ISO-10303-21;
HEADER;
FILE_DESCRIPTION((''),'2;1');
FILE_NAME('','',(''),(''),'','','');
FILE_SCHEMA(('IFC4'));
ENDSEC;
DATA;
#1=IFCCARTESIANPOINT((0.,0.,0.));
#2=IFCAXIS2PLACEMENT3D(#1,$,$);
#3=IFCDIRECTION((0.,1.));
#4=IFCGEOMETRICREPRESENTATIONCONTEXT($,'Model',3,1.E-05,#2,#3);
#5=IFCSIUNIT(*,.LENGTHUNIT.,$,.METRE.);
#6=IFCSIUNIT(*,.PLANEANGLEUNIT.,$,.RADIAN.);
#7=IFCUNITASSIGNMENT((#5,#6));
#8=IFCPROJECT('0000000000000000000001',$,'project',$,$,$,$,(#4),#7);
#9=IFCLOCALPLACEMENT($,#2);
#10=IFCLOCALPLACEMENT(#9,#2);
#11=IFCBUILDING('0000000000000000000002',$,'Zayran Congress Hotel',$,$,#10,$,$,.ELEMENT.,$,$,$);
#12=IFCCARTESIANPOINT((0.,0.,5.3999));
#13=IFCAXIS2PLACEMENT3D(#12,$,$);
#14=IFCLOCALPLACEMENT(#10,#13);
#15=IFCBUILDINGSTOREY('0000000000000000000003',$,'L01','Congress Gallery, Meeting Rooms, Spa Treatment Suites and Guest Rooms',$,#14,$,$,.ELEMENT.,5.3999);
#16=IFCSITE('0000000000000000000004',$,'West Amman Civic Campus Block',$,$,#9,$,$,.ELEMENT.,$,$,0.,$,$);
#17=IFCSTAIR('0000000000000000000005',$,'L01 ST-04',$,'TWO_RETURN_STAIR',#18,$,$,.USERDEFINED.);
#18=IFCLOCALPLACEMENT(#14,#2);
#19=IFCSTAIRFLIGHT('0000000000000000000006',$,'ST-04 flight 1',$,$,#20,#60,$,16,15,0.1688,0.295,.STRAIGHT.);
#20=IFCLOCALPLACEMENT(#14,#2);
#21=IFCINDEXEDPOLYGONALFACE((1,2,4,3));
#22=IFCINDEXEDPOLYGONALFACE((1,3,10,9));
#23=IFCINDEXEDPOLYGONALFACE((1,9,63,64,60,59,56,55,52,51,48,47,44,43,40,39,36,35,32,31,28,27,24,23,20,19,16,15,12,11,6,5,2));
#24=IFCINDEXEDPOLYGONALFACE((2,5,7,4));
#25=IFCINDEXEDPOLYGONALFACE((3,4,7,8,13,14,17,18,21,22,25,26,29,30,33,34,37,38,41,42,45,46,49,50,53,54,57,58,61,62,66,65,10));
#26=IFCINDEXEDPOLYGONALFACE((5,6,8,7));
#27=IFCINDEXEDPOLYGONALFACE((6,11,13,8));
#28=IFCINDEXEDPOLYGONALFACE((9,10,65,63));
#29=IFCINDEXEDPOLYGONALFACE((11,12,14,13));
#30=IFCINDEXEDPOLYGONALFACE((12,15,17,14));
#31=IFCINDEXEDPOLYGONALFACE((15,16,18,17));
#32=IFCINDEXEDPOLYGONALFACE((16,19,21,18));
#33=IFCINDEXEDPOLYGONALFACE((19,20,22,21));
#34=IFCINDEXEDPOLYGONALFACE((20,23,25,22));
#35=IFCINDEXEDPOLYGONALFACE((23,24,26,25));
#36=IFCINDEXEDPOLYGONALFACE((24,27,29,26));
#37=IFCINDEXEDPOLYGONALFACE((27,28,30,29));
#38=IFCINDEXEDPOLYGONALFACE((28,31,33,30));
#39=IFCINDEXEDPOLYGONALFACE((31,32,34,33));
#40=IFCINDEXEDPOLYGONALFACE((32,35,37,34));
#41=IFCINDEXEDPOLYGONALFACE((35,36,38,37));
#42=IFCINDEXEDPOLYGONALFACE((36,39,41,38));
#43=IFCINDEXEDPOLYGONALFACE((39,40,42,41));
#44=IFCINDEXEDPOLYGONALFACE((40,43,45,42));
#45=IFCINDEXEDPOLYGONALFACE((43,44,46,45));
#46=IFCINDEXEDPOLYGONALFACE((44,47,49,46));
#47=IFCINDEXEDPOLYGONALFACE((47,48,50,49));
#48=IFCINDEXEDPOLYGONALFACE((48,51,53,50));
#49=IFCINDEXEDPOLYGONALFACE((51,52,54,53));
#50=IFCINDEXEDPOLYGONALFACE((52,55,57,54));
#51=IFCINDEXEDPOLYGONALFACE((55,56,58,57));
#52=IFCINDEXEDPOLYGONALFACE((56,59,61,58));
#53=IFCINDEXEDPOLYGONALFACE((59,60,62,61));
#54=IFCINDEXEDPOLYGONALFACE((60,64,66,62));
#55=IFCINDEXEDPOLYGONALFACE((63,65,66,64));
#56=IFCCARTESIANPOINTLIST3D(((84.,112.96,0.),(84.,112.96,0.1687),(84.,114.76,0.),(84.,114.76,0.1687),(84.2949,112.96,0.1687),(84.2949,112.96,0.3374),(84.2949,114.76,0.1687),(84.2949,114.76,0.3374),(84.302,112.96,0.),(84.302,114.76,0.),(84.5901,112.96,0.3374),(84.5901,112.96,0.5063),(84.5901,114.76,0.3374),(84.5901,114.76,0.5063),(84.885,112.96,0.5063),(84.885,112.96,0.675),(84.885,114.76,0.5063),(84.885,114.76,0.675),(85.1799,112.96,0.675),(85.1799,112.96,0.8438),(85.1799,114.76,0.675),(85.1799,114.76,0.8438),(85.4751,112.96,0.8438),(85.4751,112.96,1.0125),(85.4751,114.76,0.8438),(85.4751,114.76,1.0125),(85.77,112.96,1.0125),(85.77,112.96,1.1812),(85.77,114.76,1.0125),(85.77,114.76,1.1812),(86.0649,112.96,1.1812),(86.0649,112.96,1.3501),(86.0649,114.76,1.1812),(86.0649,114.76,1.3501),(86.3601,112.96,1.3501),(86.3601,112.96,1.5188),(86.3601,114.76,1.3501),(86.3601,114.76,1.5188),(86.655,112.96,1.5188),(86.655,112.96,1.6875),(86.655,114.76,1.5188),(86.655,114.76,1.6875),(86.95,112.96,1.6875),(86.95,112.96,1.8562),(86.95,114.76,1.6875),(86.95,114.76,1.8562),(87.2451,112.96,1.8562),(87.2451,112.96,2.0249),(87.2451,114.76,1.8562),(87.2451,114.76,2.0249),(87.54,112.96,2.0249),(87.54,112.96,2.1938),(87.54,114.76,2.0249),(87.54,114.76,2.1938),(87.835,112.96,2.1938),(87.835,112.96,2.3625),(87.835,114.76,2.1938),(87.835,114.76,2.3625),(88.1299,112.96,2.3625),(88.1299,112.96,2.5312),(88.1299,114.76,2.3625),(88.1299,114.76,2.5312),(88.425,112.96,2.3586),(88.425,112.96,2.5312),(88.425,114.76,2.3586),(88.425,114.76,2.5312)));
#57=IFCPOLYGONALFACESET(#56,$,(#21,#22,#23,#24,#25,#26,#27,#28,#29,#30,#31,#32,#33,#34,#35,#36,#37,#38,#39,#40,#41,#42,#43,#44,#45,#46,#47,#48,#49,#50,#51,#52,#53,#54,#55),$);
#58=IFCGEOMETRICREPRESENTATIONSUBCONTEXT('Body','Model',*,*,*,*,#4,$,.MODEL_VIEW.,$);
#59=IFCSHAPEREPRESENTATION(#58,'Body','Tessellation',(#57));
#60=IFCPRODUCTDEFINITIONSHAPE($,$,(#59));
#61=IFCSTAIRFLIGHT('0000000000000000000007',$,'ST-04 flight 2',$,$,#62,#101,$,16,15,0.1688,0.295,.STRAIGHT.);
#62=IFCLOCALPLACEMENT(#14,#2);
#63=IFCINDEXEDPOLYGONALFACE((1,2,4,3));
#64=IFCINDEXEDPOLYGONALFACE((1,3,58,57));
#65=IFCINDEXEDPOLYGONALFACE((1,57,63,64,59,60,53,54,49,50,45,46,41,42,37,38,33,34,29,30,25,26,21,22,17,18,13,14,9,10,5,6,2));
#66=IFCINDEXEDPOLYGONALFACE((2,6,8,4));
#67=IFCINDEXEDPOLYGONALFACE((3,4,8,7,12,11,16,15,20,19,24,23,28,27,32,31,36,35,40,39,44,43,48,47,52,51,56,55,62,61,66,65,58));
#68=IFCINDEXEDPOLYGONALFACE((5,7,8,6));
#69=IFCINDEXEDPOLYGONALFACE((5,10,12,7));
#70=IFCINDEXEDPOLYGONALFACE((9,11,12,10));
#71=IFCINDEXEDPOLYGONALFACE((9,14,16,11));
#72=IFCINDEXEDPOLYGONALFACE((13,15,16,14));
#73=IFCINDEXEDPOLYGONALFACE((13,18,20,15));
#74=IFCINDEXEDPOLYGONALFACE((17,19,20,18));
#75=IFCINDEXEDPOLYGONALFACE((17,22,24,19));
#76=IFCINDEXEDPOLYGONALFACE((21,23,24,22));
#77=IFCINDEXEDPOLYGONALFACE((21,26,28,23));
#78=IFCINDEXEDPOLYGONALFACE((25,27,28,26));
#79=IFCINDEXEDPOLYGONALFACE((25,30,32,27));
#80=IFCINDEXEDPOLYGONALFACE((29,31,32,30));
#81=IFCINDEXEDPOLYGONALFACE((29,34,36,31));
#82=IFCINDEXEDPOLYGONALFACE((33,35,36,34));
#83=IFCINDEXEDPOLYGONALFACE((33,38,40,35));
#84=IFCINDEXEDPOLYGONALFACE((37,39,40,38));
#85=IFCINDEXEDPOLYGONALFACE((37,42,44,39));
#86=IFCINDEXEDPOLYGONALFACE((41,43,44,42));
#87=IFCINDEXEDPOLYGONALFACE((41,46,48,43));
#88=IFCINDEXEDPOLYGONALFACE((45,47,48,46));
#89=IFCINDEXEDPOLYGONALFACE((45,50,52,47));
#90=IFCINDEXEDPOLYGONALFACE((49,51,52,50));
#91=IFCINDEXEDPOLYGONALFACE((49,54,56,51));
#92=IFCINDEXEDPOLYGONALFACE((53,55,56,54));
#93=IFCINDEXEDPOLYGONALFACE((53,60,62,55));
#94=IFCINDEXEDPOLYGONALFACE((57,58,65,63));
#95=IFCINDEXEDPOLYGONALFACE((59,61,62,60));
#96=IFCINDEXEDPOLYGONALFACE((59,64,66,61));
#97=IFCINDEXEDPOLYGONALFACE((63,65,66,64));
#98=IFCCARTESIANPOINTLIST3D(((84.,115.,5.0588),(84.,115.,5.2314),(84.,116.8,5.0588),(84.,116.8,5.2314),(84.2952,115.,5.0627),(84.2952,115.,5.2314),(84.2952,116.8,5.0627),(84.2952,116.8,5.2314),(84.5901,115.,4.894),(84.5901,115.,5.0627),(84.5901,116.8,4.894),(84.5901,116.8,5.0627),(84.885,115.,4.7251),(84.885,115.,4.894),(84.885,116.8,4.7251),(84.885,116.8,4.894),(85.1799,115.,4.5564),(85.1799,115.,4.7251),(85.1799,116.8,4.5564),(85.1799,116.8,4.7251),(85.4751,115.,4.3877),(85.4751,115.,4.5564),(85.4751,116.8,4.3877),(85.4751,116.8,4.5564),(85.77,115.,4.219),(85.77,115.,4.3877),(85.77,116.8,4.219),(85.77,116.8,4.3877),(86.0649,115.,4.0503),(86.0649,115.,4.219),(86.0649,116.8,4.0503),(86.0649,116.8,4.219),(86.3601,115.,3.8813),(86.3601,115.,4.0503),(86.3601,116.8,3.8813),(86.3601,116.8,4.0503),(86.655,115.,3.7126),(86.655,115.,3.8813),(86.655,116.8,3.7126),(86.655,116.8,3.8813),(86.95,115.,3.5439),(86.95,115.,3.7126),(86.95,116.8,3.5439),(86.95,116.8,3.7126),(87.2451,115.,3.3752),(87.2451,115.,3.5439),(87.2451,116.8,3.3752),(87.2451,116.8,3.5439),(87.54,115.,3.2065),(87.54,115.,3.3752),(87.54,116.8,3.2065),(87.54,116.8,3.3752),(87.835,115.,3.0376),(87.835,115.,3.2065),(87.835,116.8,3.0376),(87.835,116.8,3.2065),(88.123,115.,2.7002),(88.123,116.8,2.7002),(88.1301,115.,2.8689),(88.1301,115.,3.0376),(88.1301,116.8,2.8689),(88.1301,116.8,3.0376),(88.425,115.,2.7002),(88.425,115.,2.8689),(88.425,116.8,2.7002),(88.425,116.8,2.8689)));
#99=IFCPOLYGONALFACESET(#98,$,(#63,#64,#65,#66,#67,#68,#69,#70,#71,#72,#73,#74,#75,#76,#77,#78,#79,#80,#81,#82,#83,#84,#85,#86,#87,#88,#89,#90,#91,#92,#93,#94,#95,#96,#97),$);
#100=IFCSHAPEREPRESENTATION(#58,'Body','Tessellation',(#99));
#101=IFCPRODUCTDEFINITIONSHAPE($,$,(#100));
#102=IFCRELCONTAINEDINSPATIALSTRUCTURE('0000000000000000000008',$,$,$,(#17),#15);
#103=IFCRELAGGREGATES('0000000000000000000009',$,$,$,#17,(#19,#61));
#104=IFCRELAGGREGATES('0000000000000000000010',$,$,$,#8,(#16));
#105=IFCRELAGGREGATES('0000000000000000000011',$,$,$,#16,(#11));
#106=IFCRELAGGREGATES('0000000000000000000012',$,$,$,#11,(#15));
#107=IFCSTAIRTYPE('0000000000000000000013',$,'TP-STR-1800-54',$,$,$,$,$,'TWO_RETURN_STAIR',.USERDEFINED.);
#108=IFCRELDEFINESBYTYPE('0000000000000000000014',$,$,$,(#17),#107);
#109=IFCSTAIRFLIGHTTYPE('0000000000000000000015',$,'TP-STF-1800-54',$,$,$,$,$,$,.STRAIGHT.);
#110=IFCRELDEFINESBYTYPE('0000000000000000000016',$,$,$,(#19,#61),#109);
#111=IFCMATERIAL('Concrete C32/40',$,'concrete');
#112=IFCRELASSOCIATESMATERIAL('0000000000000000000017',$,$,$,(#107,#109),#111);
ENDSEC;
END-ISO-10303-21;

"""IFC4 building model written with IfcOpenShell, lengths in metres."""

from ifc_helpers import new_model, si_unit, direction, frame, origin, place, context, subcontext, project, spatial, polyline, outline, extrude, material, type_object, element, aggregate, save


model = new_model("IFC4")

# Units and contexts
model_context = context("Model", 3, precision=1e-05, world=origin(), true_north=direction((0.0, 1.0)))
body_context = subcontext(model_context, "Body", "Model", "MODEL_VIEW")
ifc_project = project(units=[si_unit("LENGTHUNIT", "METRE"), si_unit("PLANEANGLEUNIT", "RADIAN")], contexts=[model_context])

# Site, building, storey
site_placement = place(None, origin())
site = spatial("IfcSite", under=ifc_project, at=site_placement, Name="West Amman Civic Campus Block", CompositionType="ELEMENT", RefElevation=0.0)
building_placement = place(site_placement, origin())
building = spatial("IfcBuilding", under=site, at=building_placement, Name="Zayran Congress Hotel", CompositionType="ELEMENT")
storey_placement = place(building_placement, frame((0.0, 0.0, 5.3999)))
storey = spatial("IfcBuildingStorey", under=building, at=storey_placement, Name="L01", Description="Congress Gallery, Meeting Rooms, Spa Treatment Suites and Guest Rooms", CompositionType="ELEMENT", Elevation=5.3999)

# Stair, stair flights
ifc_material_1 = material(Name="Concrete C32/40", Category="concrete")
stair_type = type_object("IfcStairType", Name="TP-STR-1800-54", ElementType="TWO_RETURN_STAIR", PredefinedType="USERDEFINED", material=ifc_material_1)
stair_placement = place(storey_placement, origin())
stair = element("IfcStair", 1, at=stair_placement, inside=storey, type_object=stair_type, Name="L01 ST-04", ObjectType="TWO_RETURN_STAIR", PredefinedType="USERDEFINED")
stair_flight_type = type_object("IfcStairFlightType", Name="TP-STF-1800-54", PredefinedType="STRAIGHT", material=ifc_material_1)
stair_flight_1_placement = place(storey_placement, frame((84.0, 113.8601, 0.0), z_axis=(0.0, 0.0, 1.0), x_axis=(1.0, 0.0, 0.0)))
stair_flight_1 = element("IfcStairFlight", 2, at=stair_flight_1_placement, type_object=stair_flight_type, Name="ST-04 flight 1", NumberOfRisers=16, NumberOfTreads=15, PredefinedType="STRAIGHT", RiserHeight=0.1688, TreadLength=0.295, context=body_context, shape_type="SweptSolid", body=[
    extrude(outline(polyline([(0.0, 0.0), (0.0, 0.1687), (0.2949, 0.1687), (0.2949, 0.3374), (0.5901, 0.3374), (0.5901, 0.5063), (0.885, 0.5063), (0.885, 0.675), (1.1799, 0.675), (1.1799, 0.8438), (1.4751, 0.8438), (1.4751, 1.0125), (1.77, 1.0125), (1.77, 1.1812), (2.0649, 1.1812), (2.0649, 1.3501), (2.3601, 1.3501), (2.3601, 1.5188), (2.655, 1.5188), (2.655, 1.6875), (2.95, 1.6875), (2.95, 1.8562), (3.2451, 1.8562), (3.2451, 2.0249), (3.54, 2.0249), (3.54, 2.1938), (3.835, 2.1938), (3.835, 2.3625), (4.1299, 2.3625), (4.1299, 2.5312), (4.425, 2.5312), (4.425, 2.7), (4.425, 2.3586), (0.302, 0.0), (0.0, 0.0)])), frame((0.0, 0.8999, 0.0), z_axis=(0.0, -1.0, 0.0), x_axis=(1.0, 0.0, 0.0)), (0.0, 0.0, 1.0), 1.8),
])
stair_flight_2_placement = place(storey_placement, frame((88.425, 115.8999, 2.7002), z_axis=(0.0, 0.0, 1.0), x_axis=(-1.0, 0.0, 0.0)))
stair_flight_2 = element("IfcStairFlight", 3, at=stair_flight_2_placement, type_object=stair_flight_type, Name="ST-04 flight 2", NumberOfRisers=16, NumberOfTreads=15, PredefinedType="STRAIGHT", RiserHeight=0.1688, TreadLength=0.295, context=body_context, shape_type="SweptSolid", body=[
    extrude(outline(polyline([(0.0, 0.0), (0.0, 0.1687), (0.2949, 0.1687), (0.2949, 0.3374), (0.5901, 0.3374), (0.5901, 0.5063), (0.885, 0.5063), (0.885, 0.675), (1.1799, 0.675), (1.1799, 0.8438), (1.4751, 0.8438), (1.4751, 1.0125), (1.77, 1.0125), (1.77, 1.1812), (2.0649, 1.1812), (2.0649, 1.3501), (2.3601, 1.3501), (2.3601, 1.5188), (2.655, 1.5188), (2.655, 1.6875), (2.95, 1.6875), (2.95, 1.8562), (3.2451, 1.8562), (3.2451, 2.0249), (3.54, 2.0249), (3.54, 2.1938), (3.835, 2.1938), (3.835, 2.3625), (4.1299, 2.3625), (4.1299, 2.5312), (4.425, 2.5312), (4.425, 2.7), (4.425, 2.3586), (0.302, 0.0), (0.0, 0.0)])), frame((0.0, 0.8999, 0.0), z_axis=(0.0, -1.0, 0.0), x_axis=(1.0, 0.0, 0.0)), (0.0, 0.0, 1.0), 1.8),
])
aggregate(stair, [stair_flight_1, stair_flight_2])

save(model, "model.ifc")
